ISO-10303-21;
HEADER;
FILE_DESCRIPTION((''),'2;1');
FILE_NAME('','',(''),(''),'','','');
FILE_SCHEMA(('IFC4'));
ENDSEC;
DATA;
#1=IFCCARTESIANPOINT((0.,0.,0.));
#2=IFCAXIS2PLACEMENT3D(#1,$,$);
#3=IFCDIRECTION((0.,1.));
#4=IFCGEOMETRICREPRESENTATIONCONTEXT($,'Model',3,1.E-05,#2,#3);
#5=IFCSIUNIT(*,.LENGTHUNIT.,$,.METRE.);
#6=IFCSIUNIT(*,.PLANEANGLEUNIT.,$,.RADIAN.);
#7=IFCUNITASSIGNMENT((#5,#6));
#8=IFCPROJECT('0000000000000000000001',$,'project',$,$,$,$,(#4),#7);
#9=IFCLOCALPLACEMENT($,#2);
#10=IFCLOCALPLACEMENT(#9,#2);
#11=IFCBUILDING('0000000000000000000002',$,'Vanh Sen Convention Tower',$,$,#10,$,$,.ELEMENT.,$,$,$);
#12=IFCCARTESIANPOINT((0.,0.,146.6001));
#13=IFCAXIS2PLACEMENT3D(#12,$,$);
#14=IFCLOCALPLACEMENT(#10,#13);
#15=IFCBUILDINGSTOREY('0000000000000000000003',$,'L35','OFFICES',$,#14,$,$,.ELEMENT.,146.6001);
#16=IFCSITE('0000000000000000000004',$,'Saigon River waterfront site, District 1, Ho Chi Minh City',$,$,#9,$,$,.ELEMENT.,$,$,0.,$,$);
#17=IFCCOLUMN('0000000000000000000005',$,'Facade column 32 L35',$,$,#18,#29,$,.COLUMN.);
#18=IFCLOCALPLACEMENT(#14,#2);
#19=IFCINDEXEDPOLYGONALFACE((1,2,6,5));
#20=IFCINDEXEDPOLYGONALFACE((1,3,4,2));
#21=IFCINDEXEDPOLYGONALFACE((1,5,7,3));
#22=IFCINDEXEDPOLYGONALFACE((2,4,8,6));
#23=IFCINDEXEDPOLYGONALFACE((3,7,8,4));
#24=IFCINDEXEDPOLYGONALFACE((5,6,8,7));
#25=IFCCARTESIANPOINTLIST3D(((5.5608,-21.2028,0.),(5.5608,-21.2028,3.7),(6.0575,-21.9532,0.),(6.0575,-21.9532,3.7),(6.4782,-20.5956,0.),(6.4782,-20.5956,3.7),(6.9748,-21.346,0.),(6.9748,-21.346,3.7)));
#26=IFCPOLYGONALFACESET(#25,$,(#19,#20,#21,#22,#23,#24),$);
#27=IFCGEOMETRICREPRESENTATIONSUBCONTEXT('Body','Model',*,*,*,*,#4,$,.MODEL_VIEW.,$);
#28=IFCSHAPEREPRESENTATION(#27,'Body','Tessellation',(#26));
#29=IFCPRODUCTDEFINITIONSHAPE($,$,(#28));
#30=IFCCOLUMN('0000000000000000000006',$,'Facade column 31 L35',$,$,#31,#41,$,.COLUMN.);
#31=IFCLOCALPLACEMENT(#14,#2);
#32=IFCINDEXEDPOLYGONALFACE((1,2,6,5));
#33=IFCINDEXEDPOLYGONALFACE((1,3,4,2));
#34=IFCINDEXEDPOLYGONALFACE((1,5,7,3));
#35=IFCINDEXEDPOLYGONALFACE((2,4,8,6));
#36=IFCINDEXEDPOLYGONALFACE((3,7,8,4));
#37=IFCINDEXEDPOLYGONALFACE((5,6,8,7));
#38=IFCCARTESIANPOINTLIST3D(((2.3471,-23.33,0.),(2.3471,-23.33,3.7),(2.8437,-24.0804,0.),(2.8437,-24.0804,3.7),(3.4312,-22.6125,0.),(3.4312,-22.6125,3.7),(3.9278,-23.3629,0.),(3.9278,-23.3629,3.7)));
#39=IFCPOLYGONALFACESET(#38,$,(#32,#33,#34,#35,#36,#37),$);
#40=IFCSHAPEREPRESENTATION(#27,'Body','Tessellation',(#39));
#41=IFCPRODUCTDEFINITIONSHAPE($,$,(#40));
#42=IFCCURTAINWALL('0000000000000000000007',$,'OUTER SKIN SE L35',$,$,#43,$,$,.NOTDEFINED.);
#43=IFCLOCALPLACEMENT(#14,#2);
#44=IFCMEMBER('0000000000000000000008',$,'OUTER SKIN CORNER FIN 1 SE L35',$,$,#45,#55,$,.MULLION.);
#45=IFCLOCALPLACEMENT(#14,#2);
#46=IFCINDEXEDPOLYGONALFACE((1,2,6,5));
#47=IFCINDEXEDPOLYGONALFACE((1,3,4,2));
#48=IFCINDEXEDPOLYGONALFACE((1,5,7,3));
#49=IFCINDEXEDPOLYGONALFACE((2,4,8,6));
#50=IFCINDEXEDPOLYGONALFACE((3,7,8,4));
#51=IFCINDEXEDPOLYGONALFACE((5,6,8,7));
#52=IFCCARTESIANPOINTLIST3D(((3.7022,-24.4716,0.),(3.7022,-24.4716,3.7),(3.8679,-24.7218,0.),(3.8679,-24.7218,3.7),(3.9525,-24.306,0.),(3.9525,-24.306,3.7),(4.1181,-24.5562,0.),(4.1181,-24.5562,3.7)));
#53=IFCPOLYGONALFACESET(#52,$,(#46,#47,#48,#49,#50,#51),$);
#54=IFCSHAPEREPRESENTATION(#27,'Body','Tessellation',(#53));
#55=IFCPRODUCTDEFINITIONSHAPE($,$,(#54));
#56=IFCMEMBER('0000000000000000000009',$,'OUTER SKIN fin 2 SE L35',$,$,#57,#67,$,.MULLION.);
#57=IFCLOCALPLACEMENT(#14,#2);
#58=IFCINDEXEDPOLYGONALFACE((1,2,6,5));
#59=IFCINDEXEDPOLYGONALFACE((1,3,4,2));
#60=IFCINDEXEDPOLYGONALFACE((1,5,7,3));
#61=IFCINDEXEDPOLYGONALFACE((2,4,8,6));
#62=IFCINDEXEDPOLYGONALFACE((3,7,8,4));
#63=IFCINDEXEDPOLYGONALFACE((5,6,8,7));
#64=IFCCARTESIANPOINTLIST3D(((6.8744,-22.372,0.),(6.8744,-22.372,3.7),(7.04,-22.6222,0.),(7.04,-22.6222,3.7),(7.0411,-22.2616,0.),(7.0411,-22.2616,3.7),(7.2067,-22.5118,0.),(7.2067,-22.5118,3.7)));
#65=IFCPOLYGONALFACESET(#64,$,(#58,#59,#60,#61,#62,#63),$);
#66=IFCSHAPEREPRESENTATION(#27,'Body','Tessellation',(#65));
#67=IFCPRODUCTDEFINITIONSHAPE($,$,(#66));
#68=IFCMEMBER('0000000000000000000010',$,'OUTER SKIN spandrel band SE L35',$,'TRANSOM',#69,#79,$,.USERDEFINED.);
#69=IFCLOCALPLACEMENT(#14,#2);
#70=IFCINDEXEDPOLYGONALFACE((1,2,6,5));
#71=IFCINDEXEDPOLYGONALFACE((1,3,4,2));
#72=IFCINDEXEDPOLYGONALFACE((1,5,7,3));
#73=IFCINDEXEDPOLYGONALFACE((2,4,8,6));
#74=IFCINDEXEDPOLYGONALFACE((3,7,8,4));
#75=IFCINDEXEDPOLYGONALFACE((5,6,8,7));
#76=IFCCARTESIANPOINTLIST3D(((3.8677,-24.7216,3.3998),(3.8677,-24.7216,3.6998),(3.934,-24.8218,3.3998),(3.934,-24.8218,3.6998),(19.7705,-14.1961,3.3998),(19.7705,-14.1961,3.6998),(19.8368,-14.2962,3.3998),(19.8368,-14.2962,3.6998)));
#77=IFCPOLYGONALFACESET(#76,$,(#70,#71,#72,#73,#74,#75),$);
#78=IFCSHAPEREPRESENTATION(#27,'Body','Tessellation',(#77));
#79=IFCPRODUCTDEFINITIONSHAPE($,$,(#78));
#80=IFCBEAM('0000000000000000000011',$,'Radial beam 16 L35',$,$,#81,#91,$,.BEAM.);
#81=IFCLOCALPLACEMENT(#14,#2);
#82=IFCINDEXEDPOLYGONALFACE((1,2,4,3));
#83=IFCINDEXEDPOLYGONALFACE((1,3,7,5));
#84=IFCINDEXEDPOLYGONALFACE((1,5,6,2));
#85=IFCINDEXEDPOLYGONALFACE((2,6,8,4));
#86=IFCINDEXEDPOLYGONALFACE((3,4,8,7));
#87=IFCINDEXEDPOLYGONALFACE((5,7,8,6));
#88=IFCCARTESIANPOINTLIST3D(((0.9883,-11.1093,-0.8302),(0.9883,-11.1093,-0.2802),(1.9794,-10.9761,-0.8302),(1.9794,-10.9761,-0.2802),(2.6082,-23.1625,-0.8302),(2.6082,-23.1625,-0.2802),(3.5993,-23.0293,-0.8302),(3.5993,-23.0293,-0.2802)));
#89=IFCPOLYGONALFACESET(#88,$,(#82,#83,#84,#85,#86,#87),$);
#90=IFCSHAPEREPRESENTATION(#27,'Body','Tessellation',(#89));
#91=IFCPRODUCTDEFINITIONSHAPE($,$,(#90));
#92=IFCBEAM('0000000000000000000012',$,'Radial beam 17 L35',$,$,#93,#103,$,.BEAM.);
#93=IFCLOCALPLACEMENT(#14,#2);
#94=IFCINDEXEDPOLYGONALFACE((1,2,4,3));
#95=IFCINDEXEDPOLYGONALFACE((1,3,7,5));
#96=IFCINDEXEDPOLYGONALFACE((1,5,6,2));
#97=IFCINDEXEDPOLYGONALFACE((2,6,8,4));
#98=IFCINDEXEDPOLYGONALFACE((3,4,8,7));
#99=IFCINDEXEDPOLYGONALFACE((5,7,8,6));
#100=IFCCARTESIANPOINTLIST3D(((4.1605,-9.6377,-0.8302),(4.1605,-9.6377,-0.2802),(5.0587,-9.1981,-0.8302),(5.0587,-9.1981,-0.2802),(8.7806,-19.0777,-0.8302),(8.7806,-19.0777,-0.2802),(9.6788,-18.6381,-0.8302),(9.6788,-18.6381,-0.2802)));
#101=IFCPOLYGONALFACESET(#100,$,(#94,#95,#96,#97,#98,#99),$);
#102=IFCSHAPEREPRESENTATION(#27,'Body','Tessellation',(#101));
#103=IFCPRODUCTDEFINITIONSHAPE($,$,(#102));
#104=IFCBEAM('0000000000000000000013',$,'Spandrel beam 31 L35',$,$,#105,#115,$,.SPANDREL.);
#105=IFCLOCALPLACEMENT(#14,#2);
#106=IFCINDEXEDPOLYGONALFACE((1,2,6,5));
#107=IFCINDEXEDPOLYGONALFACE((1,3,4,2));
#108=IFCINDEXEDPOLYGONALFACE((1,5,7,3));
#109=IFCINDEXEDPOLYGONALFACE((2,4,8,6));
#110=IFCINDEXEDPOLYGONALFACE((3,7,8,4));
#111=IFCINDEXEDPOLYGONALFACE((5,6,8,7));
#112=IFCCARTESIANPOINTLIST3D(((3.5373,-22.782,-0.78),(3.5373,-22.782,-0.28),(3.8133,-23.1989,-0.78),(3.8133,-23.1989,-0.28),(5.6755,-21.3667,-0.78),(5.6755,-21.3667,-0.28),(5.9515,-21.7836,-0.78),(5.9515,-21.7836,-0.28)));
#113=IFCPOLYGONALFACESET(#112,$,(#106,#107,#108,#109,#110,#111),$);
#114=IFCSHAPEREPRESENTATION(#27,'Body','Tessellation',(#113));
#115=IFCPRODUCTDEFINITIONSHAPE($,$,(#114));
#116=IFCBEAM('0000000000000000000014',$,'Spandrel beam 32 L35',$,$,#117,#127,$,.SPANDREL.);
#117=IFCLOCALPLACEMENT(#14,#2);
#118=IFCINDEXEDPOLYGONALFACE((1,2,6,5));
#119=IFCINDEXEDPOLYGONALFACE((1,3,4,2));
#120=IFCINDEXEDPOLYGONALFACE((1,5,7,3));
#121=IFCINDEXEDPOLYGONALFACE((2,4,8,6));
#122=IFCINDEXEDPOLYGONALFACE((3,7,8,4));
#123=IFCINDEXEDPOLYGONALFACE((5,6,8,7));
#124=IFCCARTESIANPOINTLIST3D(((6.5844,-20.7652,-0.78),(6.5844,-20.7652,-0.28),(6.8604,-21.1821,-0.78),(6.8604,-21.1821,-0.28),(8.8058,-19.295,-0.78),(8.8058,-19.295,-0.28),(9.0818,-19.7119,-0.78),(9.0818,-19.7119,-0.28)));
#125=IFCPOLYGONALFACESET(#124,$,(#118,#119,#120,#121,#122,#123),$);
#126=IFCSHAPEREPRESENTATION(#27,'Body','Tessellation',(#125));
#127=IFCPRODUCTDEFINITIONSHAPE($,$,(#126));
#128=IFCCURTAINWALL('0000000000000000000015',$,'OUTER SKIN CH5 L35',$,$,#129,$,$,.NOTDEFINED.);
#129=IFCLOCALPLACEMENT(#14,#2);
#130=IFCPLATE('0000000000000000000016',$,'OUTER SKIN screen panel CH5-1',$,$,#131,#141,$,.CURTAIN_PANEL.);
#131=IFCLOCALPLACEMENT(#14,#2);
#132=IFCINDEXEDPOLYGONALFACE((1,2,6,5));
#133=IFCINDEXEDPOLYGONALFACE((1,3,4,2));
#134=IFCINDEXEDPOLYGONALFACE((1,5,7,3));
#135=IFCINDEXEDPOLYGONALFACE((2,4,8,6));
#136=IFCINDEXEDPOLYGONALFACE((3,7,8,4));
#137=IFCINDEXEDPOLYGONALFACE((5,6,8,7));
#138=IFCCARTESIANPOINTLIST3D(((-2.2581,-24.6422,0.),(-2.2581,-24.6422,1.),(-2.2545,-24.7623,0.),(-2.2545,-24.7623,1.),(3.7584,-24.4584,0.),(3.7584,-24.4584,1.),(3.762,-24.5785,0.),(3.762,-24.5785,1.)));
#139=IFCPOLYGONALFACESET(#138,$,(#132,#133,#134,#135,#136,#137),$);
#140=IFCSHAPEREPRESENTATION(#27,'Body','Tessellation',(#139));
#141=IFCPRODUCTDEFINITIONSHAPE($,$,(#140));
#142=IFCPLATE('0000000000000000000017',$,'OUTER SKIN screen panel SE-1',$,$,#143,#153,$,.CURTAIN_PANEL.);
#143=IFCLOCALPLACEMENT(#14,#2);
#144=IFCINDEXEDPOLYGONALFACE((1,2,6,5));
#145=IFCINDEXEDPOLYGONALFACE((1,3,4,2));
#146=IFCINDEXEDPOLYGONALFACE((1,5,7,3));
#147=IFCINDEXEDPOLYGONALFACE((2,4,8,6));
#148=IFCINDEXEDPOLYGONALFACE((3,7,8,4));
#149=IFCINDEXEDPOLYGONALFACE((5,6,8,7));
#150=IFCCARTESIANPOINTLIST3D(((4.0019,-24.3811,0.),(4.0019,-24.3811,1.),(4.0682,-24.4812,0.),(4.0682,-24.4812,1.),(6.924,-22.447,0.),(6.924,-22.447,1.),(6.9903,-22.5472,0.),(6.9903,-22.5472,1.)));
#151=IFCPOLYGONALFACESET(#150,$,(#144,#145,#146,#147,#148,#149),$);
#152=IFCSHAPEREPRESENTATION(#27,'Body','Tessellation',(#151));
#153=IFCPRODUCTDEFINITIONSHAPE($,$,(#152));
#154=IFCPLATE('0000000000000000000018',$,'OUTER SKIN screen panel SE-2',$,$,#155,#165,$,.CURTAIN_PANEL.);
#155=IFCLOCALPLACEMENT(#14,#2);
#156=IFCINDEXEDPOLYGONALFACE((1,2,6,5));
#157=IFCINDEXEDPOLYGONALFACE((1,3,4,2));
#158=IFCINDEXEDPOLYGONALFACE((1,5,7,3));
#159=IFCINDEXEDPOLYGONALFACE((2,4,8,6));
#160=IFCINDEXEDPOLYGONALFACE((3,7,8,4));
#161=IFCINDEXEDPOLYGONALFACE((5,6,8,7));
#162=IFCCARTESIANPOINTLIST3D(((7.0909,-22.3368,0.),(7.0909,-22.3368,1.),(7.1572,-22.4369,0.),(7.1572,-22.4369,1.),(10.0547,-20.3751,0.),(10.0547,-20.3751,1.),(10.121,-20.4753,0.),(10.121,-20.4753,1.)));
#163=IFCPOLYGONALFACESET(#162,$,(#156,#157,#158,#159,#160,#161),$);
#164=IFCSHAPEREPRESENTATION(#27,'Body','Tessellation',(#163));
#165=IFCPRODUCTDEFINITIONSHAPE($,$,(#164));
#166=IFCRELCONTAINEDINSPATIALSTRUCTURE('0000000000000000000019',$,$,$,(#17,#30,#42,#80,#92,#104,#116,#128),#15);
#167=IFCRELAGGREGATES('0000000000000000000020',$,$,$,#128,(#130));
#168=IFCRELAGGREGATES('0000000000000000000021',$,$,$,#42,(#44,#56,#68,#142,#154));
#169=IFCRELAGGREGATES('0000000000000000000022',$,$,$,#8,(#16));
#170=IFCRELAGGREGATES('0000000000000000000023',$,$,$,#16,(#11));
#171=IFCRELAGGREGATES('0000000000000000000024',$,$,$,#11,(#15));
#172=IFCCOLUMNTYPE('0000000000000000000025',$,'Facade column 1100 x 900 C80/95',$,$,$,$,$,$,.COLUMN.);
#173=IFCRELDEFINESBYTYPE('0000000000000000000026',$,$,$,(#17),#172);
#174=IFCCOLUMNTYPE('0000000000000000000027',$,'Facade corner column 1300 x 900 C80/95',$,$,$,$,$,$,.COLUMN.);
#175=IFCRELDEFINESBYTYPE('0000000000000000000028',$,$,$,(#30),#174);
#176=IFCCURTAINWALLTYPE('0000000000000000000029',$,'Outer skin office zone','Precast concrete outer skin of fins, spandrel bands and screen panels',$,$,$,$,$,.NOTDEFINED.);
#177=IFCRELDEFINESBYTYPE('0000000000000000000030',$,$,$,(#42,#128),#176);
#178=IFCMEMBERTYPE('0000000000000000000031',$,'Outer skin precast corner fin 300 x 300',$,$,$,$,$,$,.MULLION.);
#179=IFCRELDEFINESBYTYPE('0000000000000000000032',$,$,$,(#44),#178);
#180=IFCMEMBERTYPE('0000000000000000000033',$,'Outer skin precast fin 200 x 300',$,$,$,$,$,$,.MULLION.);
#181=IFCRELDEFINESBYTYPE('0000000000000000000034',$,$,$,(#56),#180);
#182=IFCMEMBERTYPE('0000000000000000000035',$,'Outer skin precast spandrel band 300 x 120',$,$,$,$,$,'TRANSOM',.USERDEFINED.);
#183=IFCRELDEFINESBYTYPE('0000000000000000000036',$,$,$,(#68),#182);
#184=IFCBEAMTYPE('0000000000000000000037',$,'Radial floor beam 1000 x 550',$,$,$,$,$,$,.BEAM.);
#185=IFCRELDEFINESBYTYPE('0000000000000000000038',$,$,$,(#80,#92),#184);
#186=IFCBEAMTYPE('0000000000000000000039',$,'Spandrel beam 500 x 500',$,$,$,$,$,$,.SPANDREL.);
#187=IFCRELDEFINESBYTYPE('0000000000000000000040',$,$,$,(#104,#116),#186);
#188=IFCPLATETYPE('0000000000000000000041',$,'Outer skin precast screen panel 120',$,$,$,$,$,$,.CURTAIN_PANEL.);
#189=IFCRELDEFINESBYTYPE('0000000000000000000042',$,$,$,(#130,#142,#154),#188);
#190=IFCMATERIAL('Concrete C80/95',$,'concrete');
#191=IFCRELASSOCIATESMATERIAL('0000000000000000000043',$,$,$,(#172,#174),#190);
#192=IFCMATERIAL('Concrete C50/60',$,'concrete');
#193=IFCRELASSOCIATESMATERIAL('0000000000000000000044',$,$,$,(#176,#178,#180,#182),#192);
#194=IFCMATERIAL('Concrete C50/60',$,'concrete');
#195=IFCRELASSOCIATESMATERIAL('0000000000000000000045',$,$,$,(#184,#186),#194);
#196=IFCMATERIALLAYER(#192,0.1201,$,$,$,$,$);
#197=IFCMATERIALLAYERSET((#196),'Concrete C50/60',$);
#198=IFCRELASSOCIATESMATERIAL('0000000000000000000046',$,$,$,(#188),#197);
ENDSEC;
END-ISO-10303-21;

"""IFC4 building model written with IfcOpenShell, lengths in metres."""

from ifc_helpers import new_model, si_unit, direction, frame, origin, origin_2d, place, context, subcontext, project, spatial, rectangle, extrude, material, layer, layer_set, material_profile, profile_set, type_object, element, aggregate, save


model = new_model("IFC4")

# Units and contexts
model_context = context("Model", 3, precision=1e-05, world=origin(), true_north=direction((0.0, 1.0)))
body_context = subcontext(model_context, "Body", "Model", "MODEL_VIEW")
ifc_project = project(units=[si_unit("LENGTHUNIT", "METRE"), si_unit("PLANEANGLEUNIT", "RADIAN")], contexts=[model_context])

# Site, building, storey
site_placement = place(None, origin())
site = spatial("IfcSite", under=ifc_project, at=site_placement, Name="Saigon River waterfront site, District 1, Ho Chi Minh City", CompositionType="ELEMENT", RefElevation=0.0)
building_placement = place(site_placement, origin())
building = spatial("IfcBuilding", under=site, at=building_placement, Name="Vanh Sen Convention Tower", CompositionType="ELEMENT")
storey_placement = place(building_placement, frame((0.0, 0.0, 146.6001)))
storey = spatial("IfcBuildingStorey", under=building, at=storey_placement, Name="L35", Description="OFFICES", CompositionType="ELEMENT", Elevation=146.6001)

# Columns
ifc_material_1 = material(Name="Concrete C80/95", Category="concrete")
ifc_material_profile_1 = material_profile(ifc_material_1, rectangle(XDim=1.1001, YDim=0.8999, at=origin_2d()), Name="RC 1100X900")
ifc_profile_set_1 = profile_set([ifc_material_profile_1], Name="Concrete C80/95")
column_type_1 = type_object("IfcColumnType", Name="Facade column 1100 x 900 C80/95", PredefinedType="COLUMN", material=ifc_profile_set_1)
column_1_placement = place(storey_placement, frame((6.2678, -21.2744, 0.0), z_axis=(0.0, 0.0, 1.0), x_axis=(0.833886, 0.551937, 0.0)))
element("IfcColumn", 1, at=column_1_placement, inside=storey, type_object=column_type_1, Name="Facade column 32 L35", PredefinedType="COLUMN", context=body_context, shape_type="SweptSolid", body=[
    extrude(rectangle(XDim=1.1001, YDim=0.8999, at=origin_2d()), origin(), (0.0, 0.0, 1.0), 3.7),
])
ifc_material_profile_2 = material_profile(ifc_material_1, rectangle(XDim=1.3, YDim=0.8999, at=origin_2d()), Name="RC 1300X900")
ifc_profile_set_2 = profile_set([ifc_material_profile_2], Name="Concrete C80/95")
column_type_2 = type_object("IfcColumnType", Name="Facade corner column 1300 x 900 C80/95", PredefinedType="COLUMN", material=ifc_profile_set_2)
column_2_placement = place(storey_placement, frame((3.1375, -23.3464, 0.0), z_axis=(0.0, 0.0, 1.0), x_axis=(0.833886, 0.551937, 0.0)))
element("IfcColumn", 2, at=column_2_placement, inside=storey, type_object=column_type_2, Name="Facade column 31 L35", PredefinedType="COLUMN", context=body_context, shape_type="SweptSolid", body=[
    extrude(rectangle(XDim=1.3, YDim=0.8999, at=origin_2d()), origin(), (0.0, 0.0, 1.0), 3.7),
])

# Curtain wall, members
ifc_material_2 = material(Name="Concrete C50/60", Category="concrete")
curtain_wall_type = type_object("IfcCurtainWallType", Name="Outer skin office zone", Description="Precast concrete outer skin of fins, spandrel bands and screen panels", PredefinedType="NOTDEFINED", material=ifc_material_2)
curtain_wall_1_placement = place(storey_placement, origin())
curtain_wall_1 = element("IfcCurtainWall", 3, at=curtain_wall_1_placement, inside=storey, type_object=curtain_wall_type, Name="OUTER SKIN SE L35", PredefinedType="NOTDEFINED")
ifc_material_profile_3 = material_profile(ifc_material_2, rectangle(XDim=0.3, YDim=0.3, at=origin_2d()), Name="Outer skin precast corner fin 300 x 300")
ifc_profile_set_3 = profile_set([ifc_material_profile_3], Name="Concrete C50/60")
member_type_1 = type_object("IfcMemberType", Name="Outer skin precast corner fin 300 x 300", PredefinedType="MULLION", material=ifc_profile_set_3)
member_1_placement = place(storey_placement, frame((3.9102, -24.5139, 0.0), z_axis=(0.0, 0.0, 1.0), x_axis=(0.833886, 0.551937, 0.0)))
member_1 = element("IfcMember", 4, at=member_1_placement, type_object=member_type_1, Name="OUTER SKIN CORNER FIN 1 SE L35", PredefinedType="MULLION", context=body_context, shape_type="SweptSolid", body=[
    extrude(rectangle(XDim=0.3, YDim=0.3, at=origin_2d()), origin(), (0.0, 0.0, 1.0), 3.7),
])
ifc_material_profile_4 = material_profile(ifc_material_2, rectangle(XDim=0.2, YDim=0.3, at=origin_2d()), Name="Outer skin precast fin 200 x 300")
ifc_profile_set_4 = profile_set([ifc_material_profile_4], Name="Concrete C50/60")
member_type_2 = type_object("IfcMemberType", Name="Outer skin precast fin 200 x 300", PredefinedType="MULLION", material=ifc_profile_set_4)
member_2_placement = place(storey_placement, frame((7.0405, -22.4419, 0.0), z_axis=(0.0, 0.0, 1.0), x_axis=(0.833886, 0.551937, 0.0)))
member_2 = element("IfcMember", 5, at=member_2_placement, type_object=member_type_2, Name="OUTER SKIN fin 2 SE L35", PredefinedType="MULLION", context=body_context, shape_type="SweptSolid", body=[
    extrude(rectangle(XDim=0.2, YDim=0.3, at=origin_2d()), origin(), (0.0, 0.0, 1.0), 3.7),
])
ifc_material_profile_5 = material_profile(ifc_material_2, rectangle(XDim=0.1201, YDim=0.3, at=origin_2d()), Name="Outer skin precast spandrel band 300 x 120")
ifc_profile_set_5 = profile_set([ifc_material_profile_5], Name="Concrete C50/60")
member_type_3 = type_object("IfcMemberType", Name="Outer skin precast spandrel band 300 x 120", ElementType="TRANSOM", PredefinedType="USERDEFINED", material=ifc_profile_set_5)
member_3_placement = place(storey_placement, frame((3.9009, -24.7717, 3.5498), z_axis=(0.833891, 0.551929, 0.0), x_axis=(-0.551929, 0.833891, 0.0)))
member_3 = element("IfcMember", 6, at=member_3_placement, type_object=member_type_3, Name="OUTER SKIN spandrel band SE L35", ObjectType="TRANSOM", PredefinedType="USERDEFINED", context=body_context, shape_type="SweptSolid", body=[
    extrude(rectangle(XDim=0.1201, YDim=0.3, at=origin_2d()), origin(), (0.0, 0.0, 1.0), 19.0706),
])

# Beams
ifc_material_3 = material(Name="Concrete C50/60", Category="concrete")
ifc_material_profile_6 = material_profile(ifc_material_3, rectangle(XDim=1.0, YDim=0.55, at=origin_2d()), Name="RC 1000X550")
ifc_profile_set_6 = profile_set([ifc_material_profile_6], Name="Concrete C50/60")
beam_type_1 = type_object("IfcBeamType", Name="Radial floor beam 1000 x 550", PredefinedType="BEAM", material=ifc_profile_set_6)
beam_1_placement = place(storey_placement, frame((3.1038, -23.0959, -0.5552), z_axis=(-0.133196, 0.99109, 0.0), x_axis=(-0.99109, -0.133196, 0.0)))
element("IfcBeam", 7, at=beam_1_placement, inside=storey, type_object=beam_type_1, Name="Radial beam 16 L35", PredefinedType="BEAM", context=body_context, shape_type="SweptSolid", body=[
    extrude(rectangle(XDim=1.0, YDim=0.55, at=origin_2d()), origin(), (0.0, 0.0, 1.0), 12.1616),
])
beam_2_placement = place(storey_placement, frame((9.2297, -18.8579, -0.5552), z_axis=(-0.439597, 0.898195, 0.0), x_axis=(-0.898195, -0.439597, 0.0)))
element("IfcBeam", 8, at=beam_2_placement, inside=storey, type_object=beam_type_1, Name="Radial beam 17 L35", PredefinedType="BEAM", context=body_context, shape_type="SweptSolid", body=[
    extrude(rectangle(XDim=1.0, YDim=0.55, at=origin_2d()), origin(), (0.0, 0.0, 1.0), 10.51),
])
ifc_material_profile_7 = material_profile(ifc_material_3, rectangle(XDim=0.5, YDim=0.5, at=origin_2d()), Name="RC 500X500")
ifc_profile_set_7 = profile_set([ifc_material_profile_7], Name="Concrete C50/60")
beam_type_2 = type_object("IfcBeamType", Name="Spandrel beam 500 x 500", PredefinedType="SPANDREL", material=ifc_profile_set_7)
beam_3_placement = place(storey_placement, frame((3.6753, -22.9905, -0.53), z_axis=(0.833877, 0.551951, 0.0), x_axis=(-0.551951, 0.833877, 0.0)))
element("IfcBeam", 9, at=beam_3_placement, inside=storey, type_object=beam_type_2, Name="Spandrel beam 31 L35", PredefinedType="SPANDREL", context=body_context, shape_type="SweptSolid", body=[
    extrude(rectangle(XDim=0.5, YDim=0.5, at=origin_2d()), origin(), (0.0, 0.0, 1.0), 2.5642),
])
beam_4_placement = place(storey_placement, frame((6.7224, -20.9736, -0.53), z_axis=(0.833907, 0.551905, 0.0), x_axis=(-0.551905, 0.833907, 0.0)))
element("IfcBeam", 10, at=beam_4_placement, inside=storey, type_object=beam_type_2, Name="Spandrel beam 32 L35", PredefinedType="SPANDREL", context=body_context, shape_type="SweptSolid", body=[
    extrude(rectangle(XDim=0.5, YDim=0.5, at=origin_2d()), origin(), (0.0, 0.0, 1.0), 2.6638),
])

# Curtain wall, plate
curtain_wall_2_placement = place(storey_placement, origin())
curtain_wall_2 = element("IfcCurtainWall", 11, at=curtain_wall_2_placement, inside=storey, type_object=curtain_wall_type, Name="OUTER SKIN CH5 L35", PredefinedType="NOTDEFINED")
ifc_layer_1 = layer(ifc_material_2, 0.1201)
ifc_layer_set_1 = layer_set([ifc_layer_1], Name="Concrete C50/60")
plate_type = type_object("IfcPlateType", Name="Outer skin precast screen panel 120", PredefinedType="CURTAIN_PANEL", material=ifc_layer_set_1)
plate_1_placement = place(storey_placement, frame((0.752, -24.6104, 0.0), z_axis=(0.0, 0.0, 1.0), x_axis=(0.999534, 0.03054, 0.0)))
plate_1 = element("IfcPlate", 12, at=plate_1_placement, type_object=plate_type, Name="OUTER SKIN screen panel CH5-1", PredefinedType="CURTAIN_PANEL", context=body_context, shape_type="SweptSolid", body=[
    extrude(rectangle(XDim=6.0193, YDim=0.1201, at=origin_2d()), origin(), (0.0, 0.0, 1.0), 1.0),
])
aggregate(curtain_wall_2, [plate_1])

# Plates
plate_2_placement = place(storey_placement, frame((5.4961, -23.4641, 0.0), z_axis=(0.0, 0.0, 1.0), x_axis=(0.83389, 0.551931, 0.0)))
plate_2 = element("IfcPlate", 13, at=plate_2_placement, type_object=plate_type, Name="OUTER SKIN screen panel SE-1", PredefinedType="CURTAIN_PANEL", context=body_context, shape_type="SweptSolid", body=[
    extrude(rectangle(XDim=3.5042, YDim=0.1201, at=origin_2d()), origin(), (0.0, 0.0, 1.0), 1.0),
])
plate_3_placement = place(storey_placement, frame((8.606, -21.406, 0.0), z_axis=(0.0, 0.0, 1.0), x_axis=(0.83389, 0.551931, 0.0)))
plate_3 = element("IfcPlate", 14, at=plate_3_placement, type_object=plate_type, Name="OUTER SKIN screen panel SE-2", PredefinedType="CURTAIN_PANEL", context=body_context, shape_type="SweptSolid", body=[
    extrude(rectangle(XDim=3.5542, YDim=0.1201, at=origin_2d()), origin(), (0.0, 0.0, 1.0), 1.0),
])
aggregate(curtain_wall_1, [member_1, member_2, member_3, plate_2, plate_3])

save(model, "model.ifc")
